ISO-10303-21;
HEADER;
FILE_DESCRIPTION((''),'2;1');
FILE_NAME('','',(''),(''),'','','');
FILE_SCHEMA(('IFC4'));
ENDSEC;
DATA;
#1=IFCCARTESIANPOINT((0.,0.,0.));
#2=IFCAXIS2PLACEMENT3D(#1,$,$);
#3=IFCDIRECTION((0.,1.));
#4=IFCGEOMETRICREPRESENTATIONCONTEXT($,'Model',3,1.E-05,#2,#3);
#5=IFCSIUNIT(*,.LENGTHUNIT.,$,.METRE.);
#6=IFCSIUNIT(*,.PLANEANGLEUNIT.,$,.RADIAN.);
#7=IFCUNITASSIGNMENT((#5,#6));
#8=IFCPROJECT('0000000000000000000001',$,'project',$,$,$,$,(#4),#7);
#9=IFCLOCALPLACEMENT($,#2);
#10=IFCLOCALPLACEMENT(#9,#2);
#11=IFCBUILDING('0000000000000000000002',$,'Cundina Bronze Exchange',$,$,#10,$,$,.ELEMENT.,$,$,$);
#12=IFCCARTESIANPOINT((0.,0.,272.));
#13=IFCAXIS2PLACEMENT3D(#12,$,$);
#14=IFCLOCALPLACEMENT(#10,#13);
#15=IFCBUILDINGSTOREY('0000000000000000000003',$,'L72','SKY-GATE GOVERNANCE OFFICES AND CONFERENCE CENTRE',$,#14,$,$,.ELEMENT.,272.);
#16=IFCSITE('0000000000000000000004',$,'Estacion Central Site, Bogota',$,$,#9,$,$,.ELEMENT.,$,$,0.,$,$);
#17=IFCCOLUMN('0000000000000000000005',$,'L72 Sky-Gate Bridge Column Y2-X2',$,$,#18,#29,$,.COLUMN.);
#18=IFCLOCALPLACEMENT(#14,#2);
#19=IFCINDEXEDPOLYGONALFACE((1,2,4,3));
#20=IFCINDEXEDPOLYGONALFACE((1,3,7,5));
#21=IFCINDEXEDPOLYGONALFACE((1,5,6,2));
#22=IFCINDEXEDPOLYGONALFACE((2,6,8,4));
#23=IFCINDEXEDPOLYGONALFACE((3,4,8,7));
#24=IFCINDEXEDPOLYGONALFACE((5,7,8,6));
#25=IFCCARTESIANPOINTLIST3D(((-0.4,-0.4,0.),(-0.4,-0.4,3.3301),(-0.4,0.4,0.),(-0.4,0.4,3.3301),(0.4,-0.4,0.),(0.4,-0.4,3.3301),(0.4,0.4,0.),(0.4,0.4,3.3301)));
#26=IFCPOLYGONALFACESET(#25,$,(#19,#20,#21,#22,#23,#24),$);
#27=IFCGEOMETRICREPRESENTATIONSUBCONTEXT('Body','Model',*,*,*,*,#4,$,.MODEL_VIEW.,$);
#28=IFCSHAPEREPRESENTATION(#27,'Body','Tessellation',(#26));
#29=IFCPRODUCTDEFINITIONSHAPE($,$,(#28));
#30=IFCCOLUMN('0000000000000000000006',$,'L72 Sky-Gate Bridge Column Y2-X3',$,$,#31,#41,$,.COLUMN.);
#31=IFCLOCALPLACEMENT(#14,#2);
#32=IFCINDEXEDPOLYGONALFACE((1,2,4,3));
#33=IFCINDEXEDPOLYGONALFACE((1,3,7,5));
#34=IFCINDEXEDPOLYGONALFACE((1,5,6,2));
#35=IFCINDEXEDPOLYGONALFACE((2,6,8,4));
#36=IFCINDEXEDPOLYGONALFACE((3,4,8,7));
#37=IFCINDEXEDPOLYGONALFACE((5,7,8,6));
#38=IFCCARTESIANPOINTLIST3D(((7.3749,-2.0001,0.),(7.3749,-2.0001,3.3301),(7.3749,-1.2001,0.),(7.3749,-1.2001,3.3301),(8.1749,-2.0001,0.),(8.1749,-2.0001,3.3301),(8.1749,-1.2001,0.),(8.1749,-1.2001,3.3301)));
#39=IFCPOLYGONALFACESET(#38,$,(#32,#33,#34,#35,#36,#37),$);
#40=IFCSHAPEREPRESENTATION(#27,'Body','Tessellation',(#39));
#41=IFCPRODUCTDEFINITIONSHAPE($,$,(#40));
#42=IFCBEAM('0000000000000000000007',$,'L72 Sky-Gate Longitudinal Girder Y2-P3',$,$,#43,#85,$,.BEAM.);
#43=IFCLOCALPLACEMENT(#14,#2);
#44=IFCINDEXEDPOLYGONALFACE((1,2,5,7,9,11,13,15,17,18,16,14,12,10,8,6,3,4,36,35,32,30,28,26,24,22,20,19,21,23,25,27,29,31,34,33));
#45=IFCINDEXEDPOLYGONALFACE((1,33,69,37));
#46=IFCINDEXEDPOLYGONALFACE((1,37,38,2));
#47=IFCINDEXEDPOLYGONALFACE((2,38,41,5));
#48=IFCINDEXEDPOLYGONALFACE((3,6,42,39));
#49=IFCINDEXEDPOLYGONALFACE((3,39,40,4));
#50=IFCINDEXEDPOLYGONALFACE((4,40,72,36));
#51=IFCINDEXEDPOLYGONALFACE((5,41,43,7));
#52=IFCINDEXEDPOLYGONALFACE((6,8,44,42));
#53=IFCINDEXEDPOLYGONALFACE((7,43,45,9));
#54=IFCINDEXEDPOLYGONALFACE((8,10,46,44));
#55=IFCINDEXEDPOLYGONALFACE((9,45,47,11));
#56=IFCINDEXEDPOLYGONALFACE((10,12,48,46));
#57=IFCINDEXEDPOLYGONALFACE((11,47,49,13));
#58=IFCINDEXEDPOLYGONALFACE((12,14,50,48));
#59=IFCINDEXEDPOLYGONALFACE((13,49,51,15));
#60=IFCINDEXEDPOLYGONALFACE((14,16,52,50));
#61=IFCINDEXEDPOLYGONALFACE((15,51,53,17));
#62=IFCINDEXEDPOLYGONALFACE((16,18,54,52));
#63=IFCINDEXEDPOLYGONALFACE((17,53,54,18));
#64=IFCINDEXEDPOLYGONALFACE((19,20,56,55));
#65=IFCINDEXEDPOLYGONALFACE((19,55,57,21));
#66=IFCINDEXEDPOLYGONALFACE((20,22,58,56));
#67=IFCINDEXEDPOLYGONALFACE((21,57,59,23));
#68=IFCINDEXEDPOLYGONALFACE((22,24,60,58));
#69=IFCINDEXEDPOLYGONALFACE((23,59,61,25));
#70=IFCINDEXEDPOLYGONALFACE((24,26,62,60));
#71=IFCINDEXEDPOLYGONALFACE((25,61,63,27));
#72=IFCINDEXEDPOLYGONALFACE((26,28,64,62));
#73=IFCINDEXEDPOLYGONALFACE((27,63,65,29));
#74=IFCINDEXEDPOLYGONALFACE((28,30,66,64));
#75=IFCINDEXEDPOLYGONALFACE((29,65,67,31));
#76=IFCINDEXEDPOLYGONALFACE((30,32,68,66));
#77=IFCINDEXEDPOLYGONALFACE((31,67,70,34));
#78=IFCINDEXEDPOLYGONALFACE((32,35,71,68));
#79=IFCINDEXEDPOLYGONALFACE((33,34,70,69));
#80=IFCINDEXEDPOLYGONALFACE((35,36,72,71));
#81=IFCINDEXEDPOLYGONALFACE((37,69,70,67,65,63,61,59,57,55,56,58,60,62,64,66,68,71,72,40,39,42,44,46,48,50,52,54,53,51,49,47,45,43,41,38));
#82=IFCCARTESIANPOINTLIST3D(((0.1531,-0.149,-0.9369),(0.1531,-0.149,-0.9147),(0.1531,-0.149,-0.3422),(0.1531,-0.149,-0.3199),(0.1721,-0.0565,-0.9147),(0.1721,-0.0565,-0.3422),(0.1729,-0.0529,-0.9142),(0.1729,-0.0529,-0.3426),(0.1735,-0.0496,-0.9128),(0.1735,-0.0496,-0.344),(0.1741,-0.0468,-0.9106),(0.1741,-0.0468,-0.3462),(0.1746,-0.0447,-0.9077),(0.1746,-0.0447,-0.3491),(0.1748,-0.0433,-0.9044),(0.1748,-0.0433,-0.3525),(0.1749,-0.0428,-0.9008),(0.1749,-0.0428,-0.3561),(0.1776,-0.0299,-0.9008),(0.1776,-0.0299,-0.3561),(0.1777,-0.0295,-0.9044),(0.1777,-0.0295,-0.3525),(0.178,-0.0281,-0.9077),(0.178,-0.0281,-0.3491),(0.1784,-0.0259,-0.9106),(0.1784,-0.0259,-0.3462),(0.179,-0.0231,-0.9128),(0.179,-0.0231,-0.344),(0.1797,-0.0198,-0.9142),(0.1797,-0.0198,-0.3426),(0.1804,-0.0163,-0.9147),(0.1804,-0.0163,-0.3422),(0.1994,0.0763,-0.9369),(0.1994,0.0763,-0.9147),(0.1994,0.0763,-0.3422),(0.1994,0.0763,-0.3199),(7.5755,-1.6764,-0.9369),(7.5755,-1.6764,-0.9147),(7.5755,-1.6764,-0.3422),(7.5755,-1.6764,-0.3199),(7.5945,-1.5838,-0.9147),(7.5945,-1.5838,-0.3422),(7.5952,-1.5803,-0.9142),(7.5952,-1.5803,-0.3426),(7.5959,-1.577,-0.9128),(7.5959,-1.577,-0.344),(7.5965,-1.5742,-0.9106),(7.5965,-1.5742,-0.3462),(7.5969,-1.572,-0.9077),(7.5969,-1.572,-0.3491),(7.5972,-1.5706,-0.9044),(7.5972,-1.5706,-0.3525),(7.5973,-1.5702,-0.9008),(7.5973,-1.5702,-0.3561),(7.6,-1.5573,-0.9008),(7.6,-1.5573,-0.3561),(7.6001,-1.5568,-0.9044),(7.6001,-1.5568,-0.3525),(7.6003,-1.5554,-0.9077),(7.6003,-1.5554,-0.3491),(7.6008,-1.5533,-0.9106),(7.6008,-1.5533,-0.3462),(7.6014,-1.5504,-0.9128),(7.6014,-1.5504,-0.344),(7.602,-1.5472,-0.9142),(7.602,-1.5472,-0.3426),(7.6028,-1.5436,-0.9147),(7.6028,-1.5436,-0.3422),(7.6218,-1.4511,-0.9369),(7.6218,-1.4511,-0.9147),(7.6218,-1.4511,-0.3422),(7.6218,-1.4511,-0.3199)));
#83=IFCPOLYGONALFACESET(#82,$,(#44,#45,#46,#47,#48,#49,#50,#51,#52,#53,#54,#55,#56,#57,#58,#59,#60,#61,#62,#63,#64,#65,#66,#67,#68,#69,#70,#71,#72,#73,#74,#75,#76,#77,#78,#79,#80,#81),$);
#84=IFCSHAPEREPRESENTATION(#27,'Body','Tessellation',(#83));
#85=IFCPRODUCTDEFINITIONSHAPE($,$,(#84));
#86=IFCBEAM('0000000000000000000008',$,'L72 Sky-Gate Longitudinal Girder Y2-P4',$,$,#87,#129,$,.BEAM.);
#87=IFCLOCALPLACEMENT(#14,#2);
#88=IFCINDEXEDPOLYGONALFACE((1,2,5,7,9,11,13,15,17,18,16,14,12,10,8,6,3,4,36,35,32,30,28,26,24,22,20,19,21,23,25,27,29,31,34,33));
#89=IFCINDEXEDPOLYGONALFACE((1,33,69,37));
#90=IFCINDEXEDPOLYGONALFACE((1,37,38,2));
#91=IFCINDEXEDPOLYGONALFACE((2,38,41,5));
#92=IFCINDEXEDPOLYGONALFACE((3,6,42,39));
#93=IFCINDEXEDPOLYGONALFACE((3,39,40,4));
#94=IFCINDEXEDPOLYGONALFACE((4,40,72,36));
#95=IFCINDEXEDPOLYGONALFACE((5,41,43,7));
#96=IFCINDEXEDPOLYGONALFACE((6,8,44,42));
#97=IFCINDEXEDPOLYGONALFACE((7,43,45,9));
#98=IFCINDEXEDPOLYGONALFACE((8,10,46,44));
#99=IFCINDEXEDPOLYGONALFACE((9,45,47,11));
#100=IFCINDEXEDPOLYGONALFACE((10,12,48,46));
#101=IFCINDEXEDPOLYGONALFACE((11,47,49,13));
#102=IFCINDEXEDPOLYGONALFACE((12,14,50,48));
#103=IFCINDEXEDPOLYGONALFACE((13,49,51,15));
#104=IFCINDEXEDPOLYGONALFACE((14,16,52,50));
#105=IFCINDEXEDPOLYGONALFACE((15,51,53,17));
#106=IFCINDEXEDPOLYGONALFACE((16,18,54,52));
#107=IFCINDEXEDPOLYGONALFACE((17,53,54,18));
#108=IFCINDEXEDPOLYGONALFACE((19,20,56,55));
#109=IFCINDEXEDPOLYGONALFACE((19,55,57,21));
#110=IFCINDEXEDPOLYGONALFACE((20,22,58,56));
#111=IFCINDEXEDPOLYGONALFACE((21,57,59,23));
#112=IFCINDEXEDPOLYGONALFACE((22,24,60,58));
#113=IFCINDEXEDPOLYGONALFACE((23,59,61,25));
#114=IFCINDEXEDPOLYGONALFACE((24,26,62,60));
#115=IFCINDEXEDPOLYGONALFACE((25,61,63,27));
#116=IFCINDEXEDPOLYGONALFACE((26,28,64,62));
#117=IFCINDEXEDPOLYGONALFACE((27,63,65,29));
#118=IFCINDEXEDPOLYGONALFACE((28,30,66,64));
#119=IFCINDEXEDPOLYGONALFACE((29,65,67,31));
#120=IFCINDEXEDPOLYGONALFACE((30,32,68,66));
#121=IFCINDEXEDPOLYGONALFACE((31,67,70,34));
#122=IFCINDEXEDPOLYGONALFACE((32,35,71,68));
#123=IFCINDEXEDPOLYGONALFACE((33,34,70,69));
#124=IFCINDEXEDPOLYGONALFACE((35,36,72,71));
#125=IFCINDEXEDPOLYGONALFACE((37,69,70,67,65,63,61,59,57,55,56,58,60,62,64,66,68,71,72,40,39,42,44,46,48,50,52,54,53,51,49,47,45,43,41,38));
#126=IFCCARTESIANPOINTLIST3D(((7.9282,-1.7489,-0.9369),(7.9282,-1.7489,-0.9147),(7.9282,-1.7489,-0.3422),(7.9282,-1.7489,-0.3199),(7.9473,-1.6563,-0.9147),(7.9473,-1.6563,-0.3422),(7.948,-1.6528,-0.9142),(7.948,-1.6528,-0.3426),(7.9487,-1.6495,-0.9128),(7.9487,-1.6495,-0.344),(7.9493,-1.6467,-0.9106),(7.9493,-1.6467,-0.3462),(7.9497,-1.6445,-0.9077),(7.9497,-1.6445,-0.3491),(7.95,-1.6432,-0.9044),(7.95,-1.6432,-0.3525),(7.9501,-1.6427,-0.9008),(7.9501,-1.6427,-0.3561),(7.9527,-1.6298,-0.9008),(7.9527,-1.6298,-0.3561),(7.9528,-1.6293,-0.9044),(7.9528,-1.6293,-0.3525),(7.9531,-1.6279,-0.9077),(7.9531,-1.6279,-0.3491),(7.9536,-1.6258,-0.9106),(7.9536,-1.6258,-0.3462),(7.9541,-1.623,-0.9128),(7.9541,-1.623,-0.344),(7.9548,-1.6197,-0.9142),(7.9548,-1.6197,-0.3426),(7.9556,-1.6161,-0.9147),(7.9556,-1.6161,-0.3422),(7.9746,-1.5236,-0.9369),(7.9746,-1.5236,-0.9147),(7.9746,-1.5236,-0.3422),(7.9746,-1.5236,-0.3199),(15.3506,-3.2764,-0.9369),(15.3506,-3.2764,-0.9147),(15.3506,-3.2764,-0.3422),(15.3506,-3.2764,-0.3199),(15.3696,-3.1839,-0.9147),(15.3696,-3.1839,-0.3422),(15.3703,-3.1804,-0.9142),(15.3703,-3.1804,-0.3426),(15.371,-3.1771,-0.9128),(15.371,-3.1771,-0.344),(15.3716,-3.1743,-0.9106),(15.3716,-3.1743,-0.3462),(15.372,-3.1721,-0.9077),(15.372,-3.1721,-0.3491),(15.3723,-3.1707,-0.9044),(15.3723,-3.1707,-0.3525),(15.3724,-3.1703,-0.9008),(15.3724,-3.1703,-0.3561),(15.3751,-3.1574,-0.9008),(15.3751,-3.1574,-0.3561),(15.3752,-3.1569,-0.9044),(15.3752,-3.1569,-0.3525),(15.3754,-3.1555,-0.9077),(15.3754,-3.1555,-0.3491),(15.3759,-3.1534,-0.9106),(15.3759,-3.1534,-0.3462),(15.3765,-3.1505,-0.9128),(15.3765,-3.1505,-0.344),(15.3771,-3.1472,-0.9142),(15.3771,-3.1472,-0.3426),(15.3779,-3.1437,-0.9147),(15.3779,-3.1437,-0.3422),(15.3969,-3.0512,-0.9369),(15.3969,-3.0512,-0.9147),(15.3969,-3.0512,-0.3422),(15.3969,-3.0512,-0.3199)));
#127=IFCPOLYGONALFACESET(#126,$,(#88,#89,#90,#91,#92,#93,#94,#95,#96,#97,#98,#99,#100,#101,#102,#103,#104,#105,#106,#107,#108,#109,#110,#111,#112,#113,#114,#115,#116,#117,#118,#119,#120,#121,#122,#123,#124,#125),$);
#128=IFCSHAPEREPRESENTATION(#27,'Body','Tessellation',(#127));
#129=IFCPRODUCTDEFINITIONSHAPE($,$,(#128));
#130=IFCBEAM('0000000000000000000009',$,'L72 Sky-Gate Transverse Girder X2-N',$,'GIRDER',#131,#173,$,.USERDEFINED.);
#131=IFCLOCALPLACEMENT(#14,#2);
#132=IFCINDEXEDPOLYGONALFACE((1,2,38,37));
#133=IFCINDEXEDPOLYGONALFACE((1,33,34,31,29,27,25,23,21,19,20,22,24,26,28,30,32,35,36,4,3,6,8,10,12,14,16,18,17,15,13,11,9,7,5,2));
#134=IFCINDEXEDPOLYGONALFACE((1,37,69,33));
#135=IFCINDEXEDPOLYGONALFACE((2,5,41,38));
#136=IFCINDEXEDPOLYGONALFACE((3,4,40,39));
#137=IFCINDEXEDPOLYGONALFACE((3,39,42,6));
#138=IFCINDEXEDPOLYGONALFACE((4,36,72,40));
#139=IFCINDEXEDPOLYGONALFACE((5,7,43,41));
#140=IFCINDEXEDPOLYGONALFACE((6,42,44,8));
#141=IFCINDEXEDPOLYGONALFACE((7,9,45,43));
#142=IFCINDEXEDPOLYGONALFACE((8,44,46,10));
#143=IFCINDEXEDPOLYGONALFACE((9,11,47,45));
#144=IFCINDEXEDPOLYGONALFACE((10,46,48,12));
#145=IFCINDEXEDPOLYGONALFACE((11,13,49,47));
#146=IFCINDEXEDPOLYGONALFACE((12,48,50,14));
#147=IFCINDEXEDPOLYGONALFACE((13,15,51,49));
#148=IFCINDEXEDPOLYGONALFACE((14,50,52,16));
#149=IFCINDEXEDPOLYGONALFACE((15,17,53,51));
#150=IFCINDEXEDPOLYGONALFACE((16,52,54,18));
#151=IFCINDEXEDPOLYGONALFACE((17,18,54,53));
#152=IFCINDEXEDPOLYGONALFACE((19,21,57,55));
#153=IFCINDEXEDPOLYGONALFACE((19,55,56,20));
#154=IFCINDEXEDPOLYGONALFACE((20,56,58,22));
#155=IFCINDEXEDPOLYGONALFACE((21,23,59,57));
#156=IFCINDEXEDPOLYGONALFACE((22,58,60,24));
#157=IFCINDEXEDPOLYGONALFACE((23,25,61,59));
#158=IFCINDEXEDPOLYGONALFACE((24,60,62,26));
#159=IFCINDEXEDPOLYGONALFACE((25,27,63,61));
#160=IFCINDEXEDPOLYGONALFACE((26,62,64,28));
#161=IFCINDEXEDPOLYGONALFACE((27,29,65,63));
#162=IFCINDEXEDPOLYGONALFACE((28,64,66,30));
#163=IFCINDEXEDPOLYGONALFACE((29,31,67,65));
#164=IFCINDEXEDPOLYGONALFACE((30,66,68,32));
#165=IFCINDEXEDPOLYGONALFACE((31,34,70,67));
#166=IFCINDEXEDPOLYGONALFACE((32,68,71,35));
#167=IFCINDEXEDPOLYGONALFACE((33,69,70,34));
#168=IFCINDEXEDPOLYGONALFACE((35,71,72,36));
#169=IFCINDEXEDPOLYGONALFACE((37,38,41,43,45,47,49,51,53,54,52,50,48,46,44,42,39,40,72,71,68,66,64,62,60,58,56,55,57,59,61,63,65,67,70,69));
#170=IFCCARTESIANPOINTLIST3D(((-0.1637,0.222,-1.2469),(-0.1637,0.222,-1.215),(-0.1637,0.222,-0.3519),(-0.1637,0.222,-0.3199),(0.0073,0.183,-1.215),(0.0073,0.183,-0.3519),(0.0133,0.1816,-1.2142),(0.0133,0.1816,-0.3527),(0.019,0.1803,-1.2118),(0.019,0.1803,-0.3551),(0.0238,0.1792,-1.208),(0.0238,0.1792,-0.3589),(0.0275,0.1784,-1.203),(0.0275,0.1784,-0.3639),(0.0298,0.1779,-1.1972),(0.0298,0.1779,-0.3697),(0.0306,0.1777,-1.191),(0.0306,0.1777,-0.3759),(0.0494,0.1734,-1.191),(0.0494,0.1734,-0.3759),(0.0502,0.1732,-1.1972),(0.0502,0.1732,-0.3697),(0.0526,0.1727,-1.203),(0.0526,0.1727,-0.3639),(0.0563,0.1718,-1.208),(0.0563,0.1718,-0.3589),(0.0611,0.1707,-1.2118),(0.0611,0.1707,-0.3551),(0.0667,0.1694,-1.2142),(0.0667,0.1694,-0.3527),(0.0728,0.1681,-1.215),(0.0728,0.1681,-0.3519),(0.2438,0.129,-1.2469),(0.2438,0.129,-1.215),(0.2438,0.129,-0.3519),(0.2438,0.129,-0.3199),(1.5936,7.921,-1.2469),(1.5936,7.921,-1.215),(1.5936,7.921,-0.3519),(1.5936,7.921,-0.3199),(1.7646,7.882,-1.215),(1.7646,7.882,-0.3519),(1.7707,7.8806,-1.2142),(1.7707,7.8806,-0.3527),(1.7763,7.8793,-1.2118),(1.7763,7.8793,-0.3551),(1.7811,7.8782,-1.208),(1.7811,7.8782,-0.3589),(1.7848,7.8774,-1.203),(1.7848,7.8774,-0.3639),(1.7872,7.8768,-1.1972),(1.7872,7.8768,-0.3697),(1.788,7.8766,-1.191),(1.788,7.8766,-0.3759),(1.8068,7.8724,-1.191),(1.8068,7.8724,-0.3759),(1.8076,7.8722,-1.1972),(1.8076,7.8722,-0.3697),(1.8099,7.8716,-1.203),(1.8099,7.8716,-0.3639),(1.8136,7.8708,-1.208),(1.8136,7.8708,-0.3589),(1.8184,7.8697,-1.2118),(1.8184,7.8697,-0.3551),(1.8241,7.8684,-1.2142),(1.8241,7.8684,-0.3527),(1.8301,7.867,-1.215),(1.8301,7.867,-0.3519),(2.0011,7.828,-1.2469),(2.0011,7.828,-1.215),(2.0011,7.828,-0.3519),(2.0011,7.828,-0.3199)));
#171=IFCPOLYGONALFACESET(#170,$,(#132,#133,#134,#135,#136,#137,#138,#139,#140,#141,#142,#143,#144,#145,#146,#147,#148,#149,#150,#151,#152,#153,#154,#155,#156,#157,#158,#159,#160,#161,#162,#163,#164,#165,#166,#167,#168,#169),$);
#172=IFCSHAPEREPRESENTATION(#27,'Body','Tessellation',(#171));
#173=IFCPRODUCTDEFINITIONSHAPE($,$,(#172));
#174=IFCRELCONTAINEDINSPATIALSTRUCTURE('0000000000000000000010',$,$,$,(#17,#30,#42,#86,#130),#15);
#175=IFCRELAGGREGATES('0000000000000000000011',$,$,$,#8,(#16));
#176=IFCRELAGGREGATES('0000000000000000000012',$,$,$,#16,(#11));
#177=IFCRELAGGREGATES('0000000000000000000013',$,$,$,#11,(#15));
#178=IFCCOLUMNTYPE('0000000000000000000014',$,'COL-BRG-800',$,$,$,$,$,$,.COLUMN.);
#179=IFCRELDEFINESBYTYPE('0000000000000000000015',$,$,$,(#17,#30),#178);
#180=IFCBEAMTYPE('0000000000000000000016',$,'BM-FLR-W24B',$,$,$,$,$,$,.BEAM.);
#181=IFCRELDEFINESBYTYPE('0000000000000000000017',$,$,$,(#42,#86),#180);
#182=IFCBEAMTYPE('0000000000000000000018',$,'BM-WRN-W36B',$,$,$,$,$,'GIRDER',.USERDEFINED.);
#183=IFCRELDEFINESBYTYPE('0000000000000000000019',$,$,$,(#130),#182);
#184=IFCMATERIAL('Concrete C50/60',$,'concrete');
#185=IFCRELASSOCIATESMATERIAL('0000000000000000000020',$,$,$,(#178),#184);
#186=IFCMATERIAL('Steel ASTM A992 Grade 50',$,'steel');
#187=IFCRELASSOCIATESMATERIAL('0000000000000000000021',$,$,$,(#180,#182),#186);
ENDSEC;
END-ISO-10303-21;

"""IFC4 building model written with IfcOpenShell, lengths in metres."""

from ifc_helpers import new_model, si_unit, direction, frame, origin, origin_2d, place, context, subcontext, project, spatial, rectangle, i_section, extrude, material, material_profile, profile_set, type_object, element, save


model = new_model("IFC4")

# Units and contexts
model_context = context("Model", 3, precision=1e-05, world=origin(), true_north=direction((0.0, 1.0)))
body_context = subcontext(model_context, "Body", "Model", "MODEL_VIEW")
ifc_project = project(units=[si_unit("LENGTHUNIT", "METRE"), si_unit("PLANEANGLEUNIT", "RADIAN")], contexts=[model_context])

# Site, building, storey
site_placement = place(None, origin())
site = spatial("IfcSite", under=ifc_project, at=site_placement, Name="Estacion Central Site, Bogota", CompositionType="ELEMENT", RefElevation=0.0)
building_placement = place(site_placement, origin())
building = spatial("IfcBuilding", under=site, at=building_placement, Name="Cundina Bronze Exchange", CompositionType="ELEMENT")
storey_placement = place(building_placement, frame((0.0, 0.0, 272.0)))
storey = spatial("IfcBuildingStorey", under=building, at=storey_placement, Name="L72", Description="SKY-GATE GOVERNANCE OFFICES AND CONFERENCE CENTRE", CompositionType="ELEMENT", Elevation=272.0)

# Columns
ifc_material_1 = material(Name="Concrete C50/60", Category="concrete")
ifc_material_profile_1 = material_profile(ifc_material_1, rectangle(XDim=0.8, YDim=0.8, at=origin_2d()), Name="RC800X800", Category="concrete")
ifc_profile_set_1 = profile_set([ifc_material_profile_1], Name="Concrete C50/60")
column_type = type_object("IfcColumnType", Name="COL-BRG-800", PredefinedType="COLUMN", material=ifc_profile_set_1)
for number, where, z_axis, x_axis, name in (
    (1, (0.0, 0.0, 0.0), (0.0, 0.0, 1.0), (1.0, 0.0, 0.0), "L72 Sky-Gate Bridge Column Y2-X2"),
    (2, (7.7749, -1.6001, 0.0), (0.0, 0.0, 1.0), (1.0, 0.0, 0.0), "L72 Sky-Gate Bridge Column Y2-X3"),
):
    element("IfcColumn", number, at=place(storey_placement, frame(where, z_axis=z_axis, x_axis=x_axis)), inside=storey, type_object=column_type, Name=name, PredefinedType="COLUMN", context=body_context, shape_type="SweptSolid", body=[
        extrude(rectangle(XDim=0.8, YDim=0.8, at=origin_2d()), origin(), (0.0, 0.0, 1.0), 3.3301),
    ])

# Beams
ifc_material_2 = material(Name="Steel ASTM A992 Grade 50", Category="steel")
ifc_material_profile_2 = material_profile(ifc_material_2, i_section(OverallWidth=0.23, OverallDepth=0.6169, WebThickness=0.0132, FlangeThickness=0.0222, FilletRadius=0.0139, at=origin_2d()), Name="W24X94", Category="steel")
ifc_profile_set_2 = profile_set([ifc_material_profile_2], Name="Steel ASTM A992 Grade 50")
beam_type_1 = type_object("IfcBeamType", Name="BM-FLR-W24B", PredefinedType="BEAM", material=ifc_profile_set_2)
for number, where, z_axis, x_axis, name in (
    (3, (0.1763, -0.0364, -0.6284), (0.979478, -0.201553, 0.0), (0.201553, 0.979478, 0.0), "L72 Sky-Gate Longitudinal Girder Y2-P3"),
    (4, (7.9514, -1.6362, -0.6284), (0.979471, -0.201584, 0.0), (0.201584, 0.979471, 0.0), "L72 Sky-Gate Longitudinal Girder Y2-P4"),
):
    element("IfcBeam", number, at=place(storey_placement, frame(where, z_axis=z_axis, x_axis=x_axis)), inside=storey, type_object=beam_type_1, Name=name, PredefinedType="BEAM", context=body_context, shape_type="SweptSolid", body=[
        extrude(i_section(OverallWidth=0.23, OverallDepth=0.6169, WebThickness=0.0132, FlangeThickness=0.0222, FilletRadius=0.0139, at=origin_2d()), origin(), (0.0, 0.0, 1.0), 7.5779),
    ])
ifc_material_profile_3 = material_profile(ifc_material_2, i_section(OverallWidth=0.418, OverallDepth=0.927, WebThickness=0.0193, FlangeThickness=0.032, FilletRadius=0.0239, at=origin_2d()), Name="W36X231", Category="steel")
ifc_profile_set_3 = profile_set([ifc_material_profile_3], Name="Steel ASTM A992 Grade 50")
beam_type_2 = type_object("IfcBeamType", Name="BM-WRN-W36B", ElementType="GIRDER", PredefinedType="USERDEFINED", material=ifc_profile_set_3)
beam_1_placement = place(storey_placement, frame((0.04, 0.1755, -0.7834), z_axis=(0.222531, 0.974926, 0.0), x_axis=(-0.974926, 0.222531, 0.0)))
element("IfcBeam", 5, at=beam_1_placement, inside=storey, type_object=beam_type_2, Name="L72 Sky-Gate Transverse Girder X2-N", ObjectType="GIRDER", PredefinedType="USERDEFINED", context=body_context, shape_type="SweptSolid", body=[
    extrude(i_section(OverallWidth=0.418, OverallDepth=0.927, WebThickness=0.0193, FlangeThickness=0.032, FilletRadius=0.0239, at=origin_2d()), origin(), (0.0, 0.0, 1.0), 7.897),
])

save(model, "model.ifc")
